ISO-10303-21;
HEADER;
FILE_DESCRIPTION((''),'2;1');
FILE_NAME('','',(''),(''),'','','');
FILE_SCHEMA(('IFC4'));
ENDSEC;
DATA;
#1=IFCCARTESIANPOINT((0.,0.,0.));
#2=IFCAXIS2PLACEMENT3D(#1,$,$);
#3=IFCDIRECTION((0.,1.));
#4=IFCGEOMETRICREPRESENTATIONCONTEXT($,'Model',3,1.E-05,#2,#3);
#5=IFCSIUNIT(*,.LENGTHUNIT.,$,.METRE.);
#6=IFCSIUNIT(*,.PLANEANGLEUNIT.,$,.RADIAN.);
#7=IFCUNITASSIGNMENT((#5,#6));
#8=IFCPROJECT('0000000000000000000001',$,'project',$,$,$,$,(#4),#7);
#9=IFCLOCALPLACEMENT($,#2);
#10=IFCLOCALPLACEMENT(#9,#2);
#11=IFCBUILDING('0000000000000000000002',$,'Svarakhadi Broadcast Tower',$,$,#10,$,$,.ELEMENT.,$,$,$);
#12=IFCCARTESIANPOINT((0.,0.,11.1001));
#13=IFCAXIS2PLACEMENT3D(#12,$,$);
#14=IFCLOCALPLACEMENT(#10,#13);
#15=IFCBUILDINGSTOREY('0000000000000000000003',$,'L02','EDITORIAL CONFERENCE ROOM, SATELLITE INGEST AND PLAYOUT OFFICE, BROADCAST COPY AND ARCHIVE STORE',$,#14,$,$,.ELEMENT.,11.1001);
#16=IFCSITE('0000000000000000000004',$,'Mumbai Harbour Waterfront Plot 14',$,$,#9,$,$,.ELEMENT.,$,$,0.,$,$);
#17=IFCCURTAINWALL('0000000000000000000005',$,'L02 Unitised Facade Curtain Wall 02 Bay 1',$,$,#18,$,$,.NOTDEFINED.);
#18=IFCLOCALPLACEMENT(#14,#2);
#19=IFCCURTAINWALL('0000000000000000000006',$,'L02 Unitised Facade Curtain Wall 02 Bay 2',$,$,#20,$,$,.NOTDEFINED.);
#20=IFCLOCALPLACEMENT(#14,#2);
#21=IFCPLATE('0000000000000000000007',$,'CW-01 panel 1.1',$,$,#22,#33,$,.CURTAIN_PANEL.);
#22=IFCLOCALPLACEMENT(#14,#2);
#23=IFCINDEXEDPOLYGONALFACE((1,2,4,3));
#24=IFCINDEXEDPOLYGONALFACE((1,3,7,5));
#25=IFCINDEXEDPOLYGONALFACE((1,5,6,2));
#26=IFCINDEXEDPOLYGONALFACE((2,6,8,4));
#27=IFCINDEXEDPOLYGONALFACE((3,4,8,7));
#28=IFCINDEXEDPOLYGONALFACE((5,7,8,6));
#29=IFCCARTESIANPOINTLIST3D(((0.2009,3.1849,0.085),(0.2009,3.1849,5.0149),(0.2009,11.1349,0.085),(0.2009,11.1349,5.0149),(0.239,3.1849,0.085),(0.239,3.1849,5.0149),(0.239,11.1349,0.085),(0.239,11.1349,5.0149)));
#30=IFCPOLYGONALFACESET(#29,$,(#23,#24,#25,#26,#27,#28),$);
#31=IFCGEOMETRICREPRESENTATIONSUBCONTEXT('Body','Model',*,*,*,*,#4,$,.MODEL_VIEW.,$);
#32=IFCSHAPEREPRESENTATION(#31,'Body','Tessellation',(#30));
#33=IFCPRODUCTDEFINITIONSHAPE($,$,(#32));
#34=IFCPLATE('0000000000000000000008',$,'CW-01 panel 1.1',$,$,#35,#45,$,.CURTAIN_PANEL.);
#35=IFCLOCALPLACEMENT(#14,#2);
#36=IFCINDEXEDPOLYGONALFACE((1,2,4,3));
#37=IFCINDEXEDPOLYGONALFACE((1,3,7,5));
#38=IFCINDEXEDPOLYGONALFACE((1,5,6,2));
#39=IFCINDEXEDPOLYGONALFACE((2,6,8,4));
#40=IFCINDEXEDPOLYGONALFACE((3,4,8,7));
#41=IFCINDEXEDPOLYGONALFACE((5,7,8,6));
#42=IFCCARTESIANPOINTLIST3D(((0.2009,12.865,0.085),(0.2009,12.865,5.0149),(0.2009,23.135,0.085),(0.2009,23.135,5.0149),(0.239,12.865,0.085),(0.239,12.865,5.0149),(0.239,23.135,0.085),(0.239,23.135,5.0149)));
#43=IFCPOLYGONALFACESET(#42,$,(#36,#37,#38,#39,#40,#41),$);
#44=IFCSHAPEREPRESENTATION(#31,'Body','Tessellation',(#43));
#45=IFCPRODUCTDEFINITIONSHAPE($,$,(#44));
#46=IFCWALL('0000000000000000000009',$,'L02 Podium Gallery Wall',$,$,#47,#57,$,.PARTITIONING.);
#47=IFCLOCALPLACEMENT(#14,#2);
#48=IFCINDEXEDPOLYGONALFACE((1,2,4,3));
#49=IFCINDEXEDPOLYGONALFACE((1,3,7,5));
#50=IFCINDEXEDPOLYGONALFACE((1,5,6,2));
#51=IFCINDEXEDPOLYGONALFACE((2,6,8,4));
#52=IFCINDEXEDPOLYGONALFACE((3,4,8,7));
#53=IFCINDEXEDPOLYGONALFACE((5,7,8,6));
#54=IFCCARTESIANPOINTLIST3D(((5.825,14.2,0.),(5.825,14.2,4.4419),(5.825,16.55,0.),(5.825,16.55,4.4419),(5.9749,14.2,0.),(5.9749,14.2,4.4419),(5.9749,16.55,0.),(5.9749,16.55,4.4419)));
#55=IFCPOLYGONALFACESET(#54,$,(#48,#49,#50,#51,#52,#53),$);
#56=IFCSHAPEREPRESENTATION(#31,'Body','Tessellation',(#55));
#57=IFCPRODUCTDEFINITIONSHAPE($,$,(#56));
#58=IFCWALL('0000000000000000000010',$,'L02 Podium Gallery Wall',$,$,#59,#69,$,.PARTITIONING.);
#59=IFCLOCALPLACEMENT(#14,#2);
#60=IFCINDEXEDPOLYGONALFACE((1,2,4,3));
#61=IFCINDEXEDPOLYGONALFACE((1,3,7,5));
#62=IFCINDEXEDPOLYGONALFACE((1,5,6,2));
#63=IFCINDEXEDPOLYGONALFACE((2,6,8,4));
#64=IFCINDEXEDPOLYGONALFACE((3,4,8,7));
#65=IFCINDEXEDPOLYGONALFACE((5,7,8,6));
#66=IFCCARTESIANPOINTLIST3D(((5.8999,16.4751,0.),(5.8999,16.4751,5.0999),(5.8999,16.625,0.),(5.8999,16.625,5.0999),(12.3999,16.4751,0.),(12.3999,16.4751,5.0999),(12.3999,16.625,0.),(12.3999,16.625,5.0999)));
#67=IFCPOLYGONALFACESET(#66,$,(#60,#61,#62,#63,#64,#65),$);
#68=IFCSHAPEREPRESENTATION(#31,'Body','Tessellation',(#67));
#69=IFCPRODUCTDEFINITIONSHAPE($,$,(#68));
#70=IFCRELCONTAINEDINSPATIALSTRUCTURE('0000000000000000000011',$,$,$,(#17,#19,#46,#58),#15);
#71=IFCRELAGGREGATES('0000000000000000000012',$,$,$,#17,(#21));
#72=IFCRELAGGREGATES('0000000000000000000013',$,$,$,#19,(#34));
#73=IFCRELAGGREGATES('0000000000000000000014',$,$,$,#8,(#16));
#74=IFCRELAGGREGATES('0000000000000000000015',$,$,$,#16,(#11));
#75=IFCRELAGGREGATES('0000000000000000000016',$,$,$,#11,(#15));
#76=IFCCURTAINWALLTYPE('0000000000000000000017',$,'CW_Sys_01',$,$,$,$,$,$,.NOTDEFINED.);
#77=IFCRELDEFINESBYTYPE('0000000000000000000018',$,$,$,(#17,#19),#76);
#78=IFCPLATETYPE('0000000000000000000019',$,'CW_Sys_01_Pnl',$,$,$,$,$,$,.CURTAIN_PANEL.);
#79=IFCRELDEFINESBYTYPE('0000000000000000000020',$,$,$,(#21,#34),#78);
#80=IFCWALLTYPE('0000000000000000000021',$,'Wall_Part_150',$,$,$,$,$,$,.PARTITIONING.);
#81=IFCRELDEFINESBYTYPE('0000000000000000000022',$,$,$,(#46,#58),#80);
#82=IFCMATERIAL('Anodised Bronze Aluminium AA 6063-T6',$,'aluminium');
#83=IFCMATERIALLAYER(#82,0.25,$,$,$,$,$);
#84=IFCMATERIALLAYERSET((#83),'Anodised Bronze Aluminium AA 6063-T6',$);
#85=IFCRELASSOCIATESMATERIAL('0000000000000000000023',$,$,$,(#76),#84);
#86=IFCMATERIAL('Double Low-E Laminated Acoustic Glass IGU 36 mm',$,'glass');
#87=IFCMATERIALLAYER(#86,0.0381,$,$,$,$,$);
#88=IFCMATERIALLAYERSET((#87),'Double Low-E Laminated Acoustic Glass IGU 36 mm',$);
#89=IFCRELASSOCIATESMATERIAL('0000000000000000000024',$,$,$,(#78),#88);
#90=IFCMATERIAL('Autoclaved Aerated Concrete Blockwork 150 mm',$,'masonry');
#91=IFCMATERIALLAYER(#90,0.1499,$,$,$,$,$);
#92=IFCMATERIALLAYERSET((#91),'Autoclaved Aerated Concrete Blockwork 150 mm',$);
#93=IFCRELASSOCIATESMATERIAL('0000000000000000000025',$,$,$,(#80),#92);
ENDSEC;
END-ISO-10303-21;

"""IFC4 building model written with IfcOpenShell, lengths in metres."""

from ifc_helpers import new_model, si_unit, direction, frame, frame_2d, origin, origin_2d, place, context, subcontext, project, spatial, rectangle, extrude, material, layer, layer_set, type_object, element, aggregate, save


model = new_model("IFC4")

# Units and contexts
model_context = context("Model", 3, precision=1e-05, world=origin(), true_north=direction((0.0, 1.0)))
body_context = subcontext(model_context, "Body", "Model", "MODEL_VIEW")
ifc_project = project(units=[si_unit("LENGTHUNIT", "METRE"), si_unit("PLANEANGLEUNIT", "RADIAN")], contexts=[model_context])

# Site, building, storey
site_placement = place(None, origin())
site = spatial("IfcSite", under=ifc_project, at=site_placement, Name="Mumbai Harbour Waterfront Plot 14", CompositionType="ELEMENT", RefElevation=0.0)
building_placement = place(site_placement, origin())
building = spatial("IfcBuilding", under=site, at=building_placement, Name="Svarakhadi Broadcast Tower", CompositionType="ELEMENT")
storey_placement = place(building_placement, frame((0.0, 0.0, 11.1001)))
storey = spatial("IfcBuildingStorey", under=building, at=storey_placement, Name="L02", Description="EDITORIAL CONFERENCE ROOM, SATELLITE INGEST AND PLAYOUT OFFICE, BROADCAST COPY AND ARCHIVE STORE", CompositionType="ELEMENT", Elevation=11.1001)

# Shared definitions
ifc_material_1 = material(Name="Anodised Bronze Aluminium AA 6063-T6", Category="aluminium")
ifc_layer_1 = layer(ifc_material_1, 0.25)
ifc_layer_set_1 = layer_set([ifc_layer_1], Name="Anodised Bronze Aluminium AA 6063-T6")
curtain_wall_type = type_object("IfcCurtainWallType", Name="CW_Sys_01", PredefinedType="NOTDEFINED", material=ifc_layer_set_1)

# Curtain walls
curtain_wall_1_placement = place(storey_placement, origin())
curtain_wall_1 = element("IfcCurtainWall", 1, at=curtain_wall_1_placement, inside=storey, type_object=curtain_wall_type, Name="L02 Unitised Facade Curtain Wall 02 Bay 1", PredefinedType="NOTDEFINED")
curtain_wall_2_placement = place(storey_placement, origin())
curtain_wall_2 = element("IfcCurtainWall", 2, at=curtain_wall_2_placement, inside=storey, type_object=curtain_wall_type, Name="L02 Unitised Facade Curtain Wall 02 Bay 2", PredefinedType="NOTDEFINED")

# Plates
ifc_material_2 = material(Name="Double Low-E Laminated Acoustic Glass IGU 36 mm", Category="glass")
ifc_layer_2 = layer(ifc_material_2, 0.0381)
ifc_layer_set_2 = layer_set([ifc_layer_2], Name="Double Low-E Laminated Acoustic Glass IGU 36 mm")
plate_type = type_object("IfcPlateType", Name="CW_Sys_01_Pnl", PredefinedType="CURTAIN_PANEL", material=ifc_layer_set_2)
plate_1_placement = place(storey_placement, frame((0.22, 7.1599, 0.085), z_axis=(0.0, 0.0, 1.0), x_axis=(0.0, 1.0, 0.0)))
plate_1 = element("IfcPlate", 3, at=plate_1_placement, type_object=plate_type, Name="CW-01 panel 1.1", PredefinedType="CURTAIN_PANEL", context=body_context, shape_type="SweptSolid", body=[
    extrude(rectangle(XDim=7.95, YDim=0.0381, at=origin_2d()), origin(), (0.0, 0.0, 1.0), 4.9299),
])
aggregate(curtain_wall_1, [plate_1])
plate_2_placement = place(storey_placement, frame((0.22, 18.0, 0.085), z_axis=(0.0, 0.0, 1.0), x_axis=(0.0, 1.0, 0.0)))
plate_2 = element("IfcPlate", 4, at=plate_2_placement, type_object=plate_type, Name="CW-01 panel 1.1", PredefinedType="CURTAIN_PANEL", context=body_context, shape_type="SweptSolid", body=[
    extrude(rectangle(XDim=10.27, YDim=0.0381, at=origin_2d()), origin(), (0.0, 0.0, 1.0), 4.9299),
])
aggregate(curtain_wall_2, [plate_2])

# Walls
ifc_material_3 = material(Name="Autoclaved Aerated Concrete Blockwork 150 mm", Category="masonry")
ifc_layer_3 = layer(ifc_material_3, 0.1499)
ifc_layer_set_3 = layer_set([ifc_layer_3], Name="Autoclaved Aerated Concrete Blockwork 150 mm")
wall_type = type_object("IfcWallType", Name="Wall_Part_150", PredefinedType="PARTITIONING", material=ifc_layer_set_3)
wall_1_placement = place(storey_placement, frame((5.8999, 14.2, 0.0), z_axis=(0.0, 0.0, 1.0), x_axis=(0.0, 1.0, 0.0)))
element("IfcWall", 5, at=wall_1_placement, inside=storey, type_object=wall_type, Name="L02 Podium Gallery Wall", PredefinedType="PARTITIONING", context=body_context, shape_type="SweptSolid", body=[
    extrude(rectangle(XDim=2.3501, YDim=0.1499, at=frame_2d((1.175, 0.0))), origin(), (0.0, 0.0, 1.0), 4.4419),
])
wall_2_placement = place(storey_placement, frame((5.8999, 16.55, 0.0), z_axis=(0.0, 0.0, 1.0), x_axis=(1.0, 0.0, 0.0)))
element("IfcWall", 6, at=wall_2_placement, inside=storey, type_object=wall_type, Name="L02 Podium Gallery Wall", PredefinedType="PARTITIONING", context=body_context, shape_type="SweptSolid", body=[
    extrude(rectangle(XDim=6.5, YDim=0.1499, at=frame_2d((3.25, 0.0))), origin(), (0.0, 0.0, 1.0), 5.0999),
])

save(model, "model.ifc")
